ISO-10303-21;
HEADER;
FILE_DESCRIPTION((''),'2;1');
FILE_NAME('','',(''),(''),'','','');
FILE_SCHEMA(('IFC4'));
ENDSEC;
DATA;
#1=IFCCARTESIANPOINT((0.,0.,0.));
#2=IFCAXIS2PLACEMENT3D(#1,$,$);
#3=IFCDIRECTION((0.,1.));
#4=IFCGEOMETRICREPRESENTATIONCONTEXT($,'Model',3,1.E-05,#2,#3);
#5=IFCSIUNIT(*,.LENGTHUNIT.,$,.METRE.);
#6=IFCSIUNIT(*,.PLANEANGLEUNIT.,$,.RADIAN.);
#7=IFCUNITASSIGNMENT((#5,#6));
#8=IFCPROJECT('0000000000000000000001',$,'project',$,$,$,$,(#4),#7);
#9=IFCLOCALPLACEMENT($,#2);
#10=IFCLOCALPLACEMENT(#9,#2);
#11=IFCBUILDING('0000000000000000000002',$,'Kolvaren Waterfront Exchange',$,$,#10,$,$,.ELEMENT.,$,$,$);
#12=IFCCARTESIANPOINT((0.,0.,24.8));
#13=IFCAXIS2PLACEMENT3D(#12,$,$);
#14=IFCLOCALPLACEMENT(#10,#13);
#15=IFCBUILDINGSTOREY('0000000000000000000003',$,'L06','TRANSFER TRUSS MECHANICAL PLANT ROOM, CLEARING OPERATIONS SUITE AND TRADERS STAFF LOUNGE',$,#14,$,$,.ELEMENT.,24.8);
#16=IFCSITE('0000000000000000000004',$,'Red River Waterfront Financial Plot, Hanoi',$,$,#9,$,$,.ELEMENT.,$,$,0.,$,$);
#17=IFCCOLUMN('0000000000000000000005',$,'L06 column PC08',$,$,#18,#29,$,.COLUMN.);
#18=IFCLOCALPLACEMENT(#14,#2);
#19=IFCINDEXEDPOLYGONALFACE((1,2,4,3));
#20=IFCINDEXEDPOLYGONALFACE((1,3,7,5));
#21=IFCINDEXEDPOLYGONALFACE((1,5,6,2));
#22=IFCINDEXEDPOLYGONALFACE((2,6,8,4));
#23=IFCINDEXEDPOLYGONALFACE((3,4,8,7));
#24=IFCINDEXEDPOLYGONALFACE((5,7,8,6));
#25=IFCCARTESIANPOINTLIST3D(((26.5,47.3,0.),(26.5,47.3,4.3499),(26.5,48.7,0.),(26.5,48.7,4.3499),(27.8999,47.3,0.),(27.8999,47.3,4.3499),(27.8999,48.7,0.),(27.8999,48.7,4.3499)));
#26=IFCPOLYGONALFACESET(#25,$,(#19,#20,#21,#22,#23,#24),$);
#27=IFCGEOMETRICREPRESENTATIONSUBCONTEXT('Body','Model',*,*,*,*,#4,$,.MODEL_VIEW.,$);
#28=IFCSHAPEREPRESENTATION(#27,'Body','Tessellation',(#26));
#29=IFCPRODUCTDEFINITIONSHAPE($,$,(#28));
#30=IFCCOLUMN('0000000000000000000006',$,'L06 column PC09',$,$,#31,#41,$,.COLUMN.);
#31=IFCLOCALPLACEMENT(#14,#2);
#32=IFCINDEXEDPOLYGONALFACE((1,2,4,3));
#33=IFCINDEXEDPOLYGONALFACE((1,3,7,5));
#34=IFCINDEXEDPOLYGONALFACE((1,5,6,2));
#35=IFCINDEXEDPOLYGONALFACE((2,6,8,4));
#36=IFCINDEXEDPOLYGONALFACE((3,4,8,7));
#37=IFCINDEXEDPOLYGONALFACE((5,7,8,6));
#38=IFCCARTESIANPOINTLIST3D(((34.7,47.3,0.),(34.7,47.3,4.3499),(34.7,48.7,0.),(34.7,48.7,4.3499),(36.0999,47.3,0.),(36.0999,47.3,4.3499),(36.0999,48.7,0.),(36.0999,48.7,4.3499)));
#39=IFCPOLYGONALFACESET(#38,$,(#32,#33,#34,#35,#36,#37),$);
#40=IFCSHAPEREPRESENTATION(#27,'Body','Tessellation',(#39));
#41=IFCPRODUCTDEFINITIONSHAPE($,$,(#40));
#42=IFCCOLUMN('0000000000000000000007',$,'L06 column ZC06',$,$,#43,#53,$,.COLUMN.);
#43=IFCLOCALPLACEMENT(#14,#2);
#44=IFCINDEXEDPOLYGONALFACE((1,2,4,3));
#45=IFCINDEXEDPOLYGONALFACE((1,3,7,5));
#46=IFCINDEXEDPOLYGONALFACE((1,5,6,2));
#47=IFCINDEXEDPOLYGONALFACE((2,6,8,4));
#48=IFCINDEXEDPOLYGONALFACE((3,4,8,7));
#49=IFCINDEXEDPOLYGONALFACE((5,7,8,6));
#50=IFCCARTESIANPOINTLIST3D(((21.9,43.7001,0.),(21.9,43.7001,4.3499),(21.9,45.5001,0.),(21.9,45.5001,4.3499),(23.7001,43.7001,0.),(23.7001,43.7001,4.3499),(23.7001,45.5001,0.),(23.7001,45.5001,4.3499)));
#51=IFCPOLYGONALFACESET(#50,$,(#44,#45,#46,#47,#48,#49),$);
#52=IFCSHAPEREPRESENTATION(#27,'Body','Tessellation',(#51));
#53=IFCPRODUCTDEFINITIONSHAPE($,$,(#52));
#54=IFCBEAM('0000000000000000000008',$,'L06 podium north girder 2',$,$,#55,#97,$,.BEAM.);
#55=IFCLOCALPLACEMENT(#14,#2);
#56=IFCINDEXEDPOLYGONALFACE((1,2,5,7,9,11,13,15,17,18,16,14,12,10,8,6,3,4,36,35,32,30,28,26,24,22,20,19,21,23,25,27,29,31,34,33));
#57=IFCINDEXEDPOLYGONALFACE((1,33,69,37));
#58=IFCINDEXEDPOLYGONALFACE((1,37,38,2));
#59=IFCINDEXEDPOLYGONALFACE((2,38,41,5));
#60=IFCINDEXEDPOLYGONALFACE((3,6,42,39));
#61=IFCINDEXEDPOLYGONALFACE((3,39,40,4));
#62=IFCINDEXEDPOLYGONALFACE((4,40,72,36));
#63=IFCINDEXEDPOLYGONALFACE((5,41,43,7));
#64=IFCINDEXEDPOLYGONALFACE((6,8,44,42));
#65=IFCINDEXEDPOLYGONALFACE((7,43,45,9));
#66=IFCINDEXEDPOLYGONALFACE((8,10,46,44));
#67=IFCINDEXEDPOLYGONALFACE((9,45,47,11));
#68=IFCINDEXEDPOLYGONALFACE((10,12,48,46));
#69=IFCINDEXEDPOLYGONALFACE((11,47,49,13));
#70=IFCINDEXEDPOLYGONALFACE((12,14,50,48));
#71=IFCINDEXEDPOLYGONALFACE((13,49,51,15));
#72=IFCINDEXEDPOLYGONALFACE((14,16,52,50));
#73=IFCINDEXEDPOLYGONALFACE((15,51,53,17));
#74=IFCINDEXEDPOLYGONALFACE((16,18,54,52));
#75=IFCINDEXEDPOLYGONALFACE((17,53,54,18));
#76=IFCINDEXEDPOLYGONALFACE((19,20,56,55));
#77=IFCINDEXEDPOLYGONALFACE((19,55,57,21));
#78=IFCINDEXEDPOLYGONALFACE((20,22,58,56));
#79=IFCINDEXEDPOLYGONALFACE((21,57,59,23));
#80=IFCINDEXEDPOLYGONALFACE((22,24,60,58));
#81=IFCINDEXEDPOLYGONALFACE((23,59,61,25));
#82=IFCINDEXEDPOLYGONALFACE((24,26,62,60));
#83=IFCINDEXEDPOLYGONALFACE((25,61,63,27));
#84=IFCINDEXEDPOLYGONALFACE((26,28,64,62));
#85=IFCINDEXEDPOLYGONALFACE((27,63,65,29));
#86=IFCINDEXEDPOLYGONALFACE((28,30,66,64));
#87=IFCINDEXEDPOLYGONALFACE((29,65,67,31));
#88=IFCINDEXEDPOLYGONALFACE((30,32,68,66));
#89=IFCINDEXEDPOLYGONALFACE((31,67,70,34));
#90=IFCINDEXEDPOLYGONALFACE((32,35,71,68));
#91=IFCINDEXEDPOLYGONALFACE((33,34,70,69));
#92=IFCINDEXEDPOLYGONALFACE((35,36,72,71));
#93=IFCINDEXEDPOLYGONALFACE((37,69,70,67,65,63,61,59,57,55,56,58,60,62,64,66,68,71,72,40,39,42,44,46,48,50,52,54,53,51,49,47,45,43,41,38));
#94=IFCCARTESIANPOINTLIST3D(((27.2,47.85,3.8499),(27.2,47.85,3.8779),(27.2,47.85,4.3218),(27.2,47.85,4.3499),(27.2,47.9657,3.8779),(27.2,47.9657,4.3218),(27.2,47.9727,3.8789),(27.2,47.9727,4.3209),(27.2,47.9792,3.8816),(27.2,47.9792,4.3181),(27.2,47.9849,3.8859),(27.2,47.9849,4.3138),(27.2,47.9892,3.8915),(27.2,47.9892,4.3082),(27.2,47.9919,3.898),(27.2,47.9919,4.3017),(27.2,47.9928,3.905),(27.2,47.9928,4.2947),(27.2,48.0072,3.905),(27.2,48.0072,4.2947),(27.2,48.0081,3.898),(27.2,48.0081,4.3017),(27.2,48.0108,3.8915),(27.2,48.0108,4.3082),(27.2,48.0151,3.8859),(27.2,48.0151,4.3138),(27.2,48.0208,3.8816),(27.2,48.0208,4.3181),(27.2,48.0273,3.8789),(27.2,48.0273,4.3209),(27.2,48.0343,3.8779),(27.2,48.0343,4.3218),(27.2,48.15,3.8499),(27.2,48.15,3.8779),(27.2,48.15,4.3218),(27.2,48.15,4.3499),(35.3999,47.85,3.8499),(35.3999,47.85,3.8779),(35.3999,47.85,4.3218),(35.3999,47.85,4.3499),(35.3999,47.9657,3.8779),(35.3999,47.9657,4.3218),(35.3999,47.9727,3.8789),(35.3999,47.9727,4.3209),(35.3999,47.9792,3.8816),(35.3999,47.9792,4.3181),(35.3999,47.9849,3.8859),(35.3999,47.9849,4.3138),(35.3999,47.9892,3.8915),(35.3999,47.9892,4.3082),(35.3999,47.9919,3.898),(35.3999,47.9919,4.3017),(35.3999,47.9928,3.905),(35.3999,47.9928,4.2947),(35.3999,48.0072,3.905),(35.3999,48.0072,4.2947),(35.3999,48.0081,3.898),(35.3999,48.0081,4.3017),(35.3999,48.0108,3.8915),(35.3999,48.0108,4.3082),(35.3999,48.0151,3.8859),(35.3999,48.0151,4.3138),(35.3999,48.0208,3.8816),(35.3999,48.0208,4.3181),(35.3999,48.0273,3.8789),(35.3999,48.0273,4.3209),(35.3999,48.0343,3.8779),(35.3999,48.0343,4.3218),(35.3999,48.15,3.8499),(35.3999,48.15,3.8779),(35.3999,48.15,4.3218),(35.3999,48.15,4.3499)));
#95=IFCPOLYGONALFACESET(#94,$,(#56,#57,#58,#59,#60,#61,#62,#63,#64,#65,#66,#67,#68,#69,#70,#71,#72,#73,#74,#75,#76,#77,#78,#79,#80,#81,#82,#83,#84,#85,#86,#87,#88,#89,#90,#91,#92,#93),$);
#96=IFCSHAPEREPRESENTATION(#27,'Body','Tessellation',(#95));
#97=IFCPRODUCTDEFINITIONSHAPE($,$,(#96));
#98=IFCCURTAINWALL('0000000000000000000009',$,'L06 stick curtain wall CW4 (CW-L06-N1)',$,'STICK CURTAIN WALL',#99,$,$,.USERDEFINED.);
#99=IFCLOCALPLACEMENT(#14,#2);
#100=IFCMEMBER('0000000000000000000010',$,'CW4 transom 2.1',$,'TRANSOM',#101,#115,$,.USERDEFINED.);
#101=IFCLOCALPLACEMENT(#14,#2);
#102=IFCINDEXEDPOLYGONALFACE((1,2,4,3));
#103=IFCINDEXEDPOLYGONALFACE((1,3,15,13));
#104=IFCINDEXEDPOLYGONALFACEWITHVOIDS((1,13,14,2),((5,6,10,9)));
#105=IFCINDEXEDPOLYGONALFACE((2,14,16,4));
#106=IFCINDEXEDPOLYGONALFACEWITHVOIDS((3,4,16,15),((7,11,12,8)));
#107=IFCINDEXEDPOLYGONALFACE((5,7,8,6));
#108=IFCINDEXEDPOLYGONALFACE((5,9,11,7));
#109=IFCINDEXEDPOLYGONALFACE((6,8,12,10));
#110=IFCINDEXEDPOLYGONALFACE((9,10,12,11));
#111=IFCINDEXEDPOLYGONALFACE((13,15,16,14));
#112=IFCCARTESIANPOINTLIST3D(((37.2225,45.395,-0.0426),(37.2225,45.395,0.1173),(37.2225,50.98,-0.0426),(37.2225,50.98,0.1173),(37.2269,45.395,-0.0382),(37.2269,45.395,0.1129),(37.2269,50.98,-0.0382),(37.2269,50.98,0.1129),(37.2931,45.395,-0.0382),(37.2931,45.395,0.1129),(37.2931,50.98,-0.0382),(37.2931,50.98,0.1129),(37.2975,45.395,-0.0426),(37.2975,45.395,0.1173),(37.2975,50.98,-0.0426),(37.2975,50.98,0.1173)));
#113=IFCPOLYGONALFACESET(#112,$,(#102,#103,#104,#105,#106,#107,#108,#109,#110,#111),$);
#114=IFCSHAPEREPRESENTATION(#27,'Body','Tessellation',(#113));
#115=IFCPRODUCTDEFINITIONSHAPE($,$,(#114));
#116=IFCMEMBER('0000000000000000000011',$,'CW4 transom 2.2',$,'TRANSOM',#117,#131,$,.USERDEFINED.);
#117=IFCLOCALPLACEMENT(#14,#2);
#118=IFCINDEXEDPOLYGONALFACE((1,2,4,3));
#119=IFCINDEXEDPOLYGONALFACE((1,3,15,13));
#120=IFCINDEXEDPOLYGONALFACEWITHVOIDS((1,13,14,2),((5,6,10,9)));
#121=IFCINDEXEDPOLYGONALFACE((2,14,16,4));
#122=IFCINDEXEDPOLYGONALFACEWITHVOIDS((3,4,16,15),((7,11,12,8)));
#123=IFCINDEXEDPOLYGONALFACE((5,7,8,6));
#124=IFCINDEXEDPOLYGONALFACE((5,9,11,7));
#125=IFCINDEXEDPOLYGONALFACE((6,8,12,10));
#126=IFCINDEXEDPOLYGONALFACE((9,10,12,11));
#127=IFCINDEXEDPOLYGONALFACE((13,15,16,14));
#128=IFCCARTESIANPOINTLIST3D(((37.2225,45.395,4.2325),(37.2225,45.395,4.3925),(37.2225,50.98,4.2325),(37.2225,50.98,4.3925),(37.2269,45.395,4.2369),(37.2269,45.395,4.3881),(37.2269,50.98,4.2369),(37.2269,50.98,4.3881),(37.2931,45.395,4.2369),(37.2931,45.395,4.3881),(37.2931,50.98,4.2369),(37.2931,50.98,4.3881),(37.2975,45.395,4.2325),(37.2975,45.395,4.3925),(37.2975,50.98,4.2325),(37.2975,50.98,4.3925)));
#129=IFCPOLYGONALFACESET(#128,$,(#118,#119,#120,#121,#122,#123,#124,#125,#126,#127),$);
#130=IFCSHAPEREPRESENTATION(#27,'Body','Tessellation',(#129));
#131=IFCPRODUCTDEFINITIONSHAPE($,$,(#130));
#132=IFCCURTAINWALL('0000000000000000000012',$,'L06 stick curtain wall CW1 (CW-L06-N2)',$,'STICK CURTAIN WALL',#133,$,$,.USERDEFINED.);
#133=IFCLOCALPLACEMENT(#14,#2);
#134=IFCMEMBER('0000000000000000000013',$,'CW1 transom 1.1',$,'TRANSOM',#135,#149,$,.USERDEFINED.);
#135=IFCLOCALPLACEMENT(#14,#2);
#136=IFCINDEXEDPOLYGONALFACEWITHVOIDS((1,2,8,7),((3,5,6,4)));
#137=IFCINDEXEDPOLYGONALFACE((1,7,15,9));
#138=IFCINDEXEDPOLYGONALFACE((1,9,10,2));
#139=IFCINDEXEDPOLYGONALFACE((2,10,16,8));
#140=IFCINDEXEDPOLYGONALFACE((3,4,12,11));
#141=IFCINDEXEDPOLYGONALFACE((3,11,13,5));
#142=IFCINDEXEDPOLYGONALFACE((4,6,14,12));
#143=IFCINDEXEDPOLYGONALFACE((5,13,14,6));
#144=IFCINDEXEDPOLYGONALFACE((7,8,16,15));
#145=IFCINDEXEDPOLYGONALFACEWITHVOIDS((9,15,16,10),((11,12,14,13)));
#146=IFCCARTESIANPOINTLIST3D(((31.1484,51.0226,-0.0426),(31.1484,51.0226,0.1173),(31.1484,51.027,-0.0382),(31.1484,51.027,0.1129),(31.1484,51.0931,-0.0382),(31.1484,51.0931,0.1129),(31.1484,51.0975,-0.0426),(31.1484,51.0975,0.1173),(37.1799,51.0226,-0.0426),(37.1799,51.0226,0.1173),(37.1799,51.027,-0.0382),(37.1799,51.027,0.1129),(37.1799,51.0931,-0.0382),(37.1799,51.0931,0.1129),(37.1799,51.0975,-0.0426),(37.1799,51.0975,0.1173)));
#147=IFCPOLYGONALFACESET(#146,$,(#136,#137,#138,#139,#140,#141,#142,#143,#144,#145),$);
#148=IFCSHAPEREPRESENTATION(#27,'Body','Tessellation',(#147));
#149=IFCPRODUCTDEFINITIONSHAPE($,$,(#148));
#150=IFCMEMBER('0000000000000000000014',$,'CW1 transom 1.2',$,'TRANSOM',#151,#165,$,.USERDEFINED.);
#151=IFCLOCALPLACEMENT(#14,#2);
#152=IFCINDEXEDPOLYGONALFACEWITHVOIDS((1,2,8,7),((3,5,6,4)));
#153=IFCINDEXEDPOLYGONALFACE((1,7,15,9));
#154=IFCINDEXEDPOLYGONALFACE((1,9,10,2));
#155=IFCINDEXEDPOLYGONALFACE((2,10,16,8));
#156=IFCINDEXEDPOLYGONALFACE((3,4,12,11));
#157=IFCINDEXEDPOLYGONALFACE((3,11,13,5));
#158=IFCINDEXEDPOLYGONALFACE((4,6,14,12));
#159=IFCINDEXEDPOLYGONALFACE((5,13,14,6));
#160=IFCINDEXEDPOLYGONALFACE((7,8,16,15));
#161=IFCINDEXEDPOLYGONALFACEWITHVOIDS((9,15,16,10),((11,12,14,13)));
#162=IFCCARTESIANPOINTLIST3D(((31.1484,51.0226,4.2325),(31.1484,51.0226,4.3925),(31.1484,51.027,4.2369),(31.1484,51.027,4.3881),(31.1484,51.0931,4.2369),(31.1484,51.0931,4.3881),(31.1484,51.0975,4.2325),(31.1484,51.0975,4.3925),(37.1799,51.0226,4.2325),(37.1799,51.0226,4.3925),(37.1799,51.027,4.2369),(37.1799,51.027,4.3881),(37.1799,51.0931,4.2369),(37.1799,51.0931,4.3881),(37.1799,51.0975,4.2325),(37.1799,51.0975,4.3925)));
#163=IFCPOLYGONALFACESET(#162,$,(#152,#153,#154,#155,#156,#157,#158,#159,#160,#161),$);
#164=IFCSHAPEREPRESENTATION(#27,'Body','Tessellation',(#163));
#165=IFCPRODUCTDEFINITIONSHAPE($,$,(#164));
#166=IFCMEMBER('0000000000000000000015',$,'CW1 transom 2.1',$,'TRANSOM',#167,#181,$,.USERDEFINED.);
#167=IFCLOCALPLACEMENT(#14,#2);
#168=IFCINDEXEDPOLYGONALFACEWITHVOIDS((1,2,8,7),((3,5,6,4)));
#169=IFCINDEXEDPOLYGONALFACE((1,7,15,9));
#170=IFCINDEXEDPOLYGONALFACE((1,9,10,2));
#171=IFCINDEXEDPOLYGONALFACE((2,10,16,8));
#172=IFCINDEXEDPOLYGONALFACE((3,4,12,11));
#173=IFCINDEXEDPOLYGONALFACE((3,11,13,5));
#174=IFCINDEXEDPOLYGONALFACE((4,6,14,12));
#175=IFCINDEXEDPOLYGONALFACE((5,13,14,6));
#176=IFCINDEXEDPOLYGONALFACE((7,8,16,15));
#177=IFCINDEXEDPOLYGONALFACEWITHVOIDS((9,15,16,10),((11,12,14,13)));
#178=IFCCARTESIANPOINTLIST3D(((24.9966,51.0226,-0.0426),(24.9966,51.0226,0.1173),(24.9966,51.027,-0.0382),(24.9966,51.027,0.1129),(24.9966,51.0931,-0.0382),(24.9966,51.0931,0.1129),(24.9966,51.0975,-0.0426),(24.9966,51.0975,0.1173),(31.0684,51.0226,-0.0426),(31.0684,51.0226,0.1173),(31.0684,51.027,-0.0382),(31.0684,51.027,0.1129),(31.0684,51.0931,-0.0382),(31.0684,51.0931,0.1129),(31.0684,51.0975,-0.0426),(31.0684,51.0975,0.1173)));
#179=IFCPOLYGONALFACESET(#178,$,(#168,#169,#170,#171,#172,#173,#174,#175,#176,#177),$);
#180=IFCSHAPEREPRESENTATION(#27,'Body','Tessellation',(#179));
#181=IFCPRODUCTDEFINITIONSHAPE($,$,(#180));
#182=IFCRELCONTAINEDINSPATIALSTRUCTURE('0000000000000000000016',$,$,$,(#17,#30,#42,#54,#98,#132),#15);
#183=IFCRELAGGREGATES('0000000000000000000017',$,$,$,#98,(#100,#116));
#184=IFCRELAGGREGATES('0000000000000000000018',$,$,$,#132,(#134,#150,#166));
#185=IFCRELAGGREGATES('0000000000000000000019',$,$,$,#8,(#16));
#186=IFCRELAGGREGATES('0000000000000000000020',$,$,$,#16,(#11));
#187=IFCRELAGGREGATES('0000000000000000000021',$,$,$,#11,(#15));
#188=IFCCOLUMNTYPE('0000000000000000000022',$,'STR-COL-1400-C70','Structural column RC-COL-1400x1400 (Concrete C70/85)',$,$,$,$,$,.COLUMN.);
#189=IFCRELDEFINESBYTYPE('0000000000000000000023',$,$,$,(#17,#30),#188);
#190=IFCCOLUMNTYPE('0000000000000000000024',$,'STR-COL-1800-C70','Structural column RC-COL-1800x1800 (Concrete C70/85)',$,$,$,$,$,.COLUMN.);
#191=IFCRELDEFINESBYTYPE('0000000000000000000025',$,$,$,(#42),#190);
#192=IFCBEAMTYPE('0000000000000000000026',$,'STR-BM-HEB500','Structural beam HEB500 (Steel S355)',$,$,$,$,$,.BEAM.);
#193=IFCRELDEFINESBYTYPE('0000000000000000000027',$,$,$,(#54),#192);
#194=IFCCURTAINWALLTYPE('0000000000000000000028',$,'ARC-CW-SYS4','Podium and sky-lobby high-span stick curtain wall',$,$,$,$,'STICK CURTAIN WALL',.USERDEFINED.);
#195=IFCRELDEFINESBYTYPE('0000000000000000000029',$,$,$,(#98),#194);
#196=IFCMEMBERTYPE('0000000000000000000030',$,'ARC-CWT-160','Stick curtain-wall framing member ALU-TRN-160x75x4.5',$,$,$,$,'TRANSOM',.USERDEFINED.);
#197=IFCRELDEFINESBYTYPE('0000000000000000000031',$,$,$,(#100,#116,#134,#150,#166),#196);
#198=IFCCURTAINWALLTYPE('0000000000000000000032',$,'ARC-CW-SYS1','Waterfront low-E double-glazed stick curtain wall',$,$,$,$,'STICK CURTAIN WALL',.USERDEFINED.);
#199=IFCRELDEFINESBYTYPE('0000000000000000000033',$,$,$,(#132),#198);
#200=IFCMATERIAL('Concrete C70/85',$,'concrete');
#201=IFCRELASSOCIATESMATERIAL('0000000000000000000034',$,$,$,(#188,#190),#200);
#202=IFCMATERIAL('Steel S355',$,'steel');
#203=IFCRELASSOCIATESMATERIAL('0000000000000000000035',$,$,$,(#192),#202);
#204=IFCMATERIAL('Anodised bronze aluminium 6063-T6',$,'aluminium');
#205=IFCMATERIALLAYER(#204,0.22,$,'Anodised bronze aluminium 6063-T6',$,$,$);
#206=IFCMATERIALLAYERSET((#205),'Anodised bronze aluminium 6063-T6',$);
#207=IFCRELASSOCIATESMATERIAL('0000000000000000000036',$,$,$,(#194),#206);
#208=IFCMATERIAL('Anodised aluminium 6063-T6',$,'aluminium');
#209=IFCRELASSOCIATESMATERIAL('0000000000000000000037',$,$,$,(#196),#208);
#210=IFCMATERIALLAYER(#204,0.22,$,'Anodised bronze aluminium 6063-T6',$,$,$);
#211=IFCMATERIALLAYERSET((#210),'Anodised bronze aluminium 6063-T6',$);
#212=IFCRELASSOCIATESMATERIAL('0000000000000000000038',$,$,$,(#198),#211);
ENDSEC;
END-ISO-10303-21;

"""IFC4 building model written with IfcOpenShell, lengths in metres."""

from ifc_helpers import new_model, si_unit, direction, frame, origin, origin_with_axes, origin_2d, place, context, subcontext, project, spatial, rectangle, hollow_rectangle, i_section, extrude, source, transform, mapped, material, layer, layer_set, material_profile, profile_set, type_object, element, aggregate, save


model = new_model("IFC4")

# Units and contexts
model_context = context("Model", 3, precision=1e-05, world=origin(), true_north=direction((0.0, 1.0)))
body_context = subcontext(model_context, "Body", "Model", "MODEL_VIEW")
ifc_project = project(units=[si_unit("LENGTHUNIT", "METRE"), si_unit("PLANEANGLEUNIT", "RADIAN")], contexts=[model_context])

# Site, building, storey
site_placement = place(None, origin())
site = spatial("IfcSite", under=ifc_project, at=site_placement, Name="Red River Waterfront Financial Plot, Hanoi", CompositionType="ELEMENT", RefElevation=0.0)
building_placement = place(site_placement, origin())
building = spatial("IfcBuilding", under=site, at=building_placement, Name="Kolvaren Waterfront Exchange", CompositionType="ELEMENT")
storey_placement = place(building_placement, frame((0.0, 0.0, 24.8)))
storey = spatial("IfcBuildingStorey", under=building, at=storey_placement, Name="L06", Description="TRANSFER TRUSS MECHANICAL PLANT ROOM, CLEARING OPERATIONS SUITE AND TRADERS STAFF LOUNGE", CompositionType="ELEMENT", Elevation=24.8)

# Columns
ifc_material_1 = material(Name="Concrete C70/85", Category="concrete")
ifc_material_profile_1 = material_profile(ifc_material_1, rectangle(XDim=1.3999, YDim=1.3999, at=origin_2d()), Name="RC-COL-1400x1400")
ifc_profile_set_1 = profile_set([ifc_material_profile_1], Name="Concrete C70/85")
column_type_1 = type_object("IfcColumnType", Name="STR-COL-1400-C70", Description="Structural column RC-COL-1400x1400 (Concrete C70/85)", PredefinedType="COLUMN", material=ifc_profile_set_1)
for number, where, z_axis, x_axis, name in (
    (1, (27.2, 48.0, 0.0), (0.0, 0.0, 1.0), (1.0, 0.0, 0.0), "L06 column PC08"),
    (2, (35.3999, 48.0, 0.0), (0.0, 0.0, 1.0), (1.0, 0.0, 0.0), "L06 column PC09"),
):
    element("IfcColumn", number, at=place(storey_placement, frame(where, z_axis=z_axis, x_axis=x_axis)), inside=storey, type_object=column_type_1, Name=name, PredefinedType="COLUMN", context=body_context, shape_type="SweptSolid", body=[
        extrude(rectangle(XDim=1.3999, YDim=1.3999, at=origin_2d()), origin(), (0.0, 0.0, 1.0), 4.3499),
    ])
ifc_material_profile_2 = material_profile(ifc_material_1, rectangle(XDim=1.8, YDim=1.8, at=origin_2d()), Name="RC-COL-1800x1800")
ifc_profile_set_2 = profile_set([ifc_material_profile_2], Name="Concrete C70/85")
column_type_2 = type_object("IfcColumnType", Name="STR-COL-1800-C70", Description="Structural column RC-COL-1800x1800 (Concrete C70/85)", PredefinedType="COLUMN", material=ifc_profile_set_2)
column_placement = place(storey_placement, frame((22.8, 44.6001, 0.0), z_axis=(0.0, 0.0, 1.0), x_axis=(1.0, 0.0, 0.0)))
element("IfcColumn", 3, at=column_placement, inside=storey, type_object=column_type_2, Name="L06 column ZC06", PredefinedType="COLUMN", context=body_context, shape_type="SweptSolid", body=[
    extrude(rectangle(XDim=1.8, YDim=1.8, at=origin_2d()), origin(), (0.0, 0.0, 1.0), 4.3499),
])

# Beam
ifc_material_2 = material(Name="Steel S355", Category="steel")
ifc_material_profile_3 = material_profile(ifc_material_2, i_section(OverallWidth=0.3, OverallDepth=0.5, WebThickness=0.0144, FlangeThickness=0.0281, FilletRadius=0.0271, at=origin_2d()), Name="HEB500")
ifc_profile_set_3 = profile_set([ifc_material_profile_3], Name="Steel S355")
beam_type = type_object("IfcBeamType", Name="STR-BM-HEB500", Description="Structural beam HEB500 (Steel S355)", PredefinedType="BEAM", material=ifc_profile_set_3)
beam_placement = place(storey_placement, frame((27.2, 48.0, 4.0999), z_axis=(1.0, 0.0, 0.0), x_axis=(0.0, 1.0, 0.0)))
element("IfcBeam", 4, at=beam_placement, inside=storey, type_object=beam_type, Name="L06 podium north girder 2", PredefinedType="BEAM", context=body_context, shape_type="SweptSolid", body=[
    extrude(i_section(OverallWidth=0.3, OverallDepth=0.5, WebThickness=0.0144, FlangeThickness=0.0281, FilletRadius=0.0271, at=origin_2d()), origin(), (0.0, 0.0, 1.0), 8.2),
])

# Curtain walls, members
ifc_material_3 = material(Name="Anodised bronze aluminium 6063-T6", Category="aluminium")
ifc_layer_1 = layer(ifc_material_3, 0.22, Name="Anodised bronze aluminium 6063-T6")
ifc_layer_set_1 = layer_set([ifc_layer_1], Name="Anodised bronze aluminium 6063-T6")
curtain_wall_type_1 = type_object("IfcCurtainWallType", Name="ARC-CW-SYS4", Description="Podium and sky-lobby high-span stick curtain wall", ElementType="STICK CURTAIN WALL", PredefinedType="USERDEFINED", material=ifc_layer_set_1)
curtain_wall_1_placement = place(storey_placement, origin())
curtain_wall_1 = element("IfcCurtainWall", 5, at=curtain_wall_1_placement, inside=storey, type_object=curtain_wall_type_1, Name="L06 stick curtain wall CW4 (CW-L06-N1)", ObjectType="STICK CURTAIN WALL", PredefinedType="USERDEFINED")
ifc_material_4 = material(Name="Anodised aluminium 6063-T6", Category="aluminium")
ifc_material_profile_4 = material_profile(ifc_material_4, hollow_rectangle(XDim=0.075, YDim=0.1599, WallThickness=0.0044, at=origin_2d()), Name="ALU-TRN-160x75x4.5")
ifc_profile_set_4 = profile_set([ifc_material_profile_4], Name="Anodised aluminium 6063-T6")
member_type_1 = type_object("IfcMemberType", Name="ARC-CWT-160", Description="Stick curtain-wall framing member ALU-TRN-160x75x4.5", ElementType="TRANSOM", PredefinedType="USERDEFINED", material=ifc_profile_set_4)
shared_shape_1 = source(origin_with_axes(), body_context, "Body", "SweptSolid", [
    extrude(hollow_rectangle(XDim=0.075, YDim=0.1599, WallThickness=0.0044, at=origin_2d()), origin(), (0.0, 0.0, 1.0), 5.585),
])
member_1_placement = place(storey_placement, frame((37.26, 45.395, 0.0374), z_axis=(0.0, 1.0, 0.0), x_axis=(-1.0, 0.0, 0.0)))
member_1 = element("IfcMember", 6, at=member_1_placement, type_object=member_type_1, Name="CW4 transom 2.1", ObjectType="TRANSOM", PredefinedType="USERDEFINED", context=body_context, shape_type="MappedRepresentation", body=[
    mapped(shared_shape_1, transform((0.0, 0.0, 0.0), x_axis=(1.0, 0.0, 0.0), y_axis=(0.0, 1.0, 0.0), z_axis=(0.0, 0.0, 1.0), scale=1.0)),
])
member_2_placement = place(storey_placement, frame((37.26, 45.395, 4.3125), z_axis=(0.0, 1.0, 0.0), x_axis=(-1.0, 0.0, 0.0)))
member_2 = element("IfcMember", 7, at=member_2_placement, type_object=member_type_1, Name="CW4 transom 2.2", ObjectType="TRANSOM", PredefinedType="USERDEFINED", context=body_context, shape_type="MappedRepresentation", body=[
    mapped(shared_shape_1, transform((0.0, 0.0, 0.0), x_axis=(1.0, 0.0, 0.0), y_axis=(0.0, 1.0, 0.0), z_axis=(0.0, 0.0, 1.0), scale=1.0)),
])
ifc_layer_2 = layer(ifc_material_3, 0.22, Name="Anodised bronze aluminium 6063-T6")
ifc_layer_set_2 = layer_set([ifc_layer_2], Name="Anodised bronze aluminium 6063-T6")
curtain_wall_type_2 = type_object("IfcCurtainWallType", Name="ARC-CW-SYS1", Description="Waterfront low-E double-glazed stick curtain wall", ElementType="STICK CURTAIN WALL", PredefinedType="USERDEFINED", material=ifc_layer_set_2)
curtain_wall_2_placement = place(storey_placement, origin())
curtain_wall_2 = element("IfcCurtainWall", 8, at=curtain_wall_2_placement, inside=storey, type_object=curtain_wall_type_2, Name="L06 stick curtain wall CW1 (CW-L06-N2)", ObjectType="STICK CURTAIN WALL", PredefinedType="USERDEFINED")
shared_shape_2 = source(origin_with_axes(), body_context, "Body", "SweptSolid", [
    extrude(hollow_rectangle(XDim=0.075, YDim=0.1599, WallThickness=0.0044, at=origin_2d()), origin(), (0.0, 0.0, 1.0), 6.0315),
])
member_3_placement = place(storey_placement, frame((37.1799, 51.0601, 0.0374), z_axis=(-1.0, 0.0, 0.0), x_axis=(0.0, -1.0, 0.0)))
member_3 = element("IfcMember", 9, at=member_3_placement, type_object=member_type_1, Name="CW1 transom 1.1", ObjectType="TRANSOM", PredefinedType="USERDEFINED", context=body_context, shape_type="MappedRepresentation", body=[
    mapped(shared_shape_2, transform((0.0, 0.0, 0.0), x_axis=(1.0, 0.0, 0.0), y_axis=(0.0, 1.0, 0.0), z_axis=(0.0, 0.0, 1.0), scale=1.0)),
])
member_4_placement = place(storey_placement, frame((37.1799, 51.0601, 4.3125), z_axis=(-1.0, 0.0, 0.0), x_axis=(0.0, -1.0, 0.0)))
member_4 = element("IfcMember", 10, at=member_4_placement, type_object=member_type_1, Name="CW1 transom 1.2", ObjectType="TRANSOM", PredefinedType="USERDEFINED", context=body_context, shape_type="MappedRepresentation", body=[
    mapped(shared_shape_2, transform((0.0, 0.0, 0.0), x_axis=(1.0, 0.0, 0.0), y_axis=(0.0, 1.0, 0.0), z_axis=(0.0, 0.0, 1.0), scale=1.0)),
])
shared_shape_3 = source(origin_with_axes(), body_context, "Body", "SweptSolid", [
    extrude(hollow_rectangle(XDim=0.075, YDim=0.1599, WallThickness=0.0044, at=origin_2d()), origin(), (0.0, 0.0, 1.0), 6.0718),
])
member_5_placement = place(storey_placement, frame((31.0684, 51.0601, 0.0374), z_axis=(-1.0, 0.0, 0.0), x_axis=(0.0, -1.0, 0.0)))
member_5 = element("IfcMember", 11, at=member_5_placement, type_object=member_type_1, Name="CW1 transom 2.1", ObjectType="TRANSOM", PredefinedType="USERDEFINED", context=body_context, shape_type="MappedRepresentation", body=[
    mapped(shared_shape_3, transform((0.0, 0.0, 0.0), x_axis=(1.0, 0.0, 0.0), y_axis=(0.0, 1.0, 0.0), z_axis=(0.0, 0.0, 1.0), scale=1.0)),
])

aggregate(curtain_wall_1, [member_1, member_2])
aggregate(curtain_wall_2, [member_3, member_4, member_5])

save(model, "model.ifc")
